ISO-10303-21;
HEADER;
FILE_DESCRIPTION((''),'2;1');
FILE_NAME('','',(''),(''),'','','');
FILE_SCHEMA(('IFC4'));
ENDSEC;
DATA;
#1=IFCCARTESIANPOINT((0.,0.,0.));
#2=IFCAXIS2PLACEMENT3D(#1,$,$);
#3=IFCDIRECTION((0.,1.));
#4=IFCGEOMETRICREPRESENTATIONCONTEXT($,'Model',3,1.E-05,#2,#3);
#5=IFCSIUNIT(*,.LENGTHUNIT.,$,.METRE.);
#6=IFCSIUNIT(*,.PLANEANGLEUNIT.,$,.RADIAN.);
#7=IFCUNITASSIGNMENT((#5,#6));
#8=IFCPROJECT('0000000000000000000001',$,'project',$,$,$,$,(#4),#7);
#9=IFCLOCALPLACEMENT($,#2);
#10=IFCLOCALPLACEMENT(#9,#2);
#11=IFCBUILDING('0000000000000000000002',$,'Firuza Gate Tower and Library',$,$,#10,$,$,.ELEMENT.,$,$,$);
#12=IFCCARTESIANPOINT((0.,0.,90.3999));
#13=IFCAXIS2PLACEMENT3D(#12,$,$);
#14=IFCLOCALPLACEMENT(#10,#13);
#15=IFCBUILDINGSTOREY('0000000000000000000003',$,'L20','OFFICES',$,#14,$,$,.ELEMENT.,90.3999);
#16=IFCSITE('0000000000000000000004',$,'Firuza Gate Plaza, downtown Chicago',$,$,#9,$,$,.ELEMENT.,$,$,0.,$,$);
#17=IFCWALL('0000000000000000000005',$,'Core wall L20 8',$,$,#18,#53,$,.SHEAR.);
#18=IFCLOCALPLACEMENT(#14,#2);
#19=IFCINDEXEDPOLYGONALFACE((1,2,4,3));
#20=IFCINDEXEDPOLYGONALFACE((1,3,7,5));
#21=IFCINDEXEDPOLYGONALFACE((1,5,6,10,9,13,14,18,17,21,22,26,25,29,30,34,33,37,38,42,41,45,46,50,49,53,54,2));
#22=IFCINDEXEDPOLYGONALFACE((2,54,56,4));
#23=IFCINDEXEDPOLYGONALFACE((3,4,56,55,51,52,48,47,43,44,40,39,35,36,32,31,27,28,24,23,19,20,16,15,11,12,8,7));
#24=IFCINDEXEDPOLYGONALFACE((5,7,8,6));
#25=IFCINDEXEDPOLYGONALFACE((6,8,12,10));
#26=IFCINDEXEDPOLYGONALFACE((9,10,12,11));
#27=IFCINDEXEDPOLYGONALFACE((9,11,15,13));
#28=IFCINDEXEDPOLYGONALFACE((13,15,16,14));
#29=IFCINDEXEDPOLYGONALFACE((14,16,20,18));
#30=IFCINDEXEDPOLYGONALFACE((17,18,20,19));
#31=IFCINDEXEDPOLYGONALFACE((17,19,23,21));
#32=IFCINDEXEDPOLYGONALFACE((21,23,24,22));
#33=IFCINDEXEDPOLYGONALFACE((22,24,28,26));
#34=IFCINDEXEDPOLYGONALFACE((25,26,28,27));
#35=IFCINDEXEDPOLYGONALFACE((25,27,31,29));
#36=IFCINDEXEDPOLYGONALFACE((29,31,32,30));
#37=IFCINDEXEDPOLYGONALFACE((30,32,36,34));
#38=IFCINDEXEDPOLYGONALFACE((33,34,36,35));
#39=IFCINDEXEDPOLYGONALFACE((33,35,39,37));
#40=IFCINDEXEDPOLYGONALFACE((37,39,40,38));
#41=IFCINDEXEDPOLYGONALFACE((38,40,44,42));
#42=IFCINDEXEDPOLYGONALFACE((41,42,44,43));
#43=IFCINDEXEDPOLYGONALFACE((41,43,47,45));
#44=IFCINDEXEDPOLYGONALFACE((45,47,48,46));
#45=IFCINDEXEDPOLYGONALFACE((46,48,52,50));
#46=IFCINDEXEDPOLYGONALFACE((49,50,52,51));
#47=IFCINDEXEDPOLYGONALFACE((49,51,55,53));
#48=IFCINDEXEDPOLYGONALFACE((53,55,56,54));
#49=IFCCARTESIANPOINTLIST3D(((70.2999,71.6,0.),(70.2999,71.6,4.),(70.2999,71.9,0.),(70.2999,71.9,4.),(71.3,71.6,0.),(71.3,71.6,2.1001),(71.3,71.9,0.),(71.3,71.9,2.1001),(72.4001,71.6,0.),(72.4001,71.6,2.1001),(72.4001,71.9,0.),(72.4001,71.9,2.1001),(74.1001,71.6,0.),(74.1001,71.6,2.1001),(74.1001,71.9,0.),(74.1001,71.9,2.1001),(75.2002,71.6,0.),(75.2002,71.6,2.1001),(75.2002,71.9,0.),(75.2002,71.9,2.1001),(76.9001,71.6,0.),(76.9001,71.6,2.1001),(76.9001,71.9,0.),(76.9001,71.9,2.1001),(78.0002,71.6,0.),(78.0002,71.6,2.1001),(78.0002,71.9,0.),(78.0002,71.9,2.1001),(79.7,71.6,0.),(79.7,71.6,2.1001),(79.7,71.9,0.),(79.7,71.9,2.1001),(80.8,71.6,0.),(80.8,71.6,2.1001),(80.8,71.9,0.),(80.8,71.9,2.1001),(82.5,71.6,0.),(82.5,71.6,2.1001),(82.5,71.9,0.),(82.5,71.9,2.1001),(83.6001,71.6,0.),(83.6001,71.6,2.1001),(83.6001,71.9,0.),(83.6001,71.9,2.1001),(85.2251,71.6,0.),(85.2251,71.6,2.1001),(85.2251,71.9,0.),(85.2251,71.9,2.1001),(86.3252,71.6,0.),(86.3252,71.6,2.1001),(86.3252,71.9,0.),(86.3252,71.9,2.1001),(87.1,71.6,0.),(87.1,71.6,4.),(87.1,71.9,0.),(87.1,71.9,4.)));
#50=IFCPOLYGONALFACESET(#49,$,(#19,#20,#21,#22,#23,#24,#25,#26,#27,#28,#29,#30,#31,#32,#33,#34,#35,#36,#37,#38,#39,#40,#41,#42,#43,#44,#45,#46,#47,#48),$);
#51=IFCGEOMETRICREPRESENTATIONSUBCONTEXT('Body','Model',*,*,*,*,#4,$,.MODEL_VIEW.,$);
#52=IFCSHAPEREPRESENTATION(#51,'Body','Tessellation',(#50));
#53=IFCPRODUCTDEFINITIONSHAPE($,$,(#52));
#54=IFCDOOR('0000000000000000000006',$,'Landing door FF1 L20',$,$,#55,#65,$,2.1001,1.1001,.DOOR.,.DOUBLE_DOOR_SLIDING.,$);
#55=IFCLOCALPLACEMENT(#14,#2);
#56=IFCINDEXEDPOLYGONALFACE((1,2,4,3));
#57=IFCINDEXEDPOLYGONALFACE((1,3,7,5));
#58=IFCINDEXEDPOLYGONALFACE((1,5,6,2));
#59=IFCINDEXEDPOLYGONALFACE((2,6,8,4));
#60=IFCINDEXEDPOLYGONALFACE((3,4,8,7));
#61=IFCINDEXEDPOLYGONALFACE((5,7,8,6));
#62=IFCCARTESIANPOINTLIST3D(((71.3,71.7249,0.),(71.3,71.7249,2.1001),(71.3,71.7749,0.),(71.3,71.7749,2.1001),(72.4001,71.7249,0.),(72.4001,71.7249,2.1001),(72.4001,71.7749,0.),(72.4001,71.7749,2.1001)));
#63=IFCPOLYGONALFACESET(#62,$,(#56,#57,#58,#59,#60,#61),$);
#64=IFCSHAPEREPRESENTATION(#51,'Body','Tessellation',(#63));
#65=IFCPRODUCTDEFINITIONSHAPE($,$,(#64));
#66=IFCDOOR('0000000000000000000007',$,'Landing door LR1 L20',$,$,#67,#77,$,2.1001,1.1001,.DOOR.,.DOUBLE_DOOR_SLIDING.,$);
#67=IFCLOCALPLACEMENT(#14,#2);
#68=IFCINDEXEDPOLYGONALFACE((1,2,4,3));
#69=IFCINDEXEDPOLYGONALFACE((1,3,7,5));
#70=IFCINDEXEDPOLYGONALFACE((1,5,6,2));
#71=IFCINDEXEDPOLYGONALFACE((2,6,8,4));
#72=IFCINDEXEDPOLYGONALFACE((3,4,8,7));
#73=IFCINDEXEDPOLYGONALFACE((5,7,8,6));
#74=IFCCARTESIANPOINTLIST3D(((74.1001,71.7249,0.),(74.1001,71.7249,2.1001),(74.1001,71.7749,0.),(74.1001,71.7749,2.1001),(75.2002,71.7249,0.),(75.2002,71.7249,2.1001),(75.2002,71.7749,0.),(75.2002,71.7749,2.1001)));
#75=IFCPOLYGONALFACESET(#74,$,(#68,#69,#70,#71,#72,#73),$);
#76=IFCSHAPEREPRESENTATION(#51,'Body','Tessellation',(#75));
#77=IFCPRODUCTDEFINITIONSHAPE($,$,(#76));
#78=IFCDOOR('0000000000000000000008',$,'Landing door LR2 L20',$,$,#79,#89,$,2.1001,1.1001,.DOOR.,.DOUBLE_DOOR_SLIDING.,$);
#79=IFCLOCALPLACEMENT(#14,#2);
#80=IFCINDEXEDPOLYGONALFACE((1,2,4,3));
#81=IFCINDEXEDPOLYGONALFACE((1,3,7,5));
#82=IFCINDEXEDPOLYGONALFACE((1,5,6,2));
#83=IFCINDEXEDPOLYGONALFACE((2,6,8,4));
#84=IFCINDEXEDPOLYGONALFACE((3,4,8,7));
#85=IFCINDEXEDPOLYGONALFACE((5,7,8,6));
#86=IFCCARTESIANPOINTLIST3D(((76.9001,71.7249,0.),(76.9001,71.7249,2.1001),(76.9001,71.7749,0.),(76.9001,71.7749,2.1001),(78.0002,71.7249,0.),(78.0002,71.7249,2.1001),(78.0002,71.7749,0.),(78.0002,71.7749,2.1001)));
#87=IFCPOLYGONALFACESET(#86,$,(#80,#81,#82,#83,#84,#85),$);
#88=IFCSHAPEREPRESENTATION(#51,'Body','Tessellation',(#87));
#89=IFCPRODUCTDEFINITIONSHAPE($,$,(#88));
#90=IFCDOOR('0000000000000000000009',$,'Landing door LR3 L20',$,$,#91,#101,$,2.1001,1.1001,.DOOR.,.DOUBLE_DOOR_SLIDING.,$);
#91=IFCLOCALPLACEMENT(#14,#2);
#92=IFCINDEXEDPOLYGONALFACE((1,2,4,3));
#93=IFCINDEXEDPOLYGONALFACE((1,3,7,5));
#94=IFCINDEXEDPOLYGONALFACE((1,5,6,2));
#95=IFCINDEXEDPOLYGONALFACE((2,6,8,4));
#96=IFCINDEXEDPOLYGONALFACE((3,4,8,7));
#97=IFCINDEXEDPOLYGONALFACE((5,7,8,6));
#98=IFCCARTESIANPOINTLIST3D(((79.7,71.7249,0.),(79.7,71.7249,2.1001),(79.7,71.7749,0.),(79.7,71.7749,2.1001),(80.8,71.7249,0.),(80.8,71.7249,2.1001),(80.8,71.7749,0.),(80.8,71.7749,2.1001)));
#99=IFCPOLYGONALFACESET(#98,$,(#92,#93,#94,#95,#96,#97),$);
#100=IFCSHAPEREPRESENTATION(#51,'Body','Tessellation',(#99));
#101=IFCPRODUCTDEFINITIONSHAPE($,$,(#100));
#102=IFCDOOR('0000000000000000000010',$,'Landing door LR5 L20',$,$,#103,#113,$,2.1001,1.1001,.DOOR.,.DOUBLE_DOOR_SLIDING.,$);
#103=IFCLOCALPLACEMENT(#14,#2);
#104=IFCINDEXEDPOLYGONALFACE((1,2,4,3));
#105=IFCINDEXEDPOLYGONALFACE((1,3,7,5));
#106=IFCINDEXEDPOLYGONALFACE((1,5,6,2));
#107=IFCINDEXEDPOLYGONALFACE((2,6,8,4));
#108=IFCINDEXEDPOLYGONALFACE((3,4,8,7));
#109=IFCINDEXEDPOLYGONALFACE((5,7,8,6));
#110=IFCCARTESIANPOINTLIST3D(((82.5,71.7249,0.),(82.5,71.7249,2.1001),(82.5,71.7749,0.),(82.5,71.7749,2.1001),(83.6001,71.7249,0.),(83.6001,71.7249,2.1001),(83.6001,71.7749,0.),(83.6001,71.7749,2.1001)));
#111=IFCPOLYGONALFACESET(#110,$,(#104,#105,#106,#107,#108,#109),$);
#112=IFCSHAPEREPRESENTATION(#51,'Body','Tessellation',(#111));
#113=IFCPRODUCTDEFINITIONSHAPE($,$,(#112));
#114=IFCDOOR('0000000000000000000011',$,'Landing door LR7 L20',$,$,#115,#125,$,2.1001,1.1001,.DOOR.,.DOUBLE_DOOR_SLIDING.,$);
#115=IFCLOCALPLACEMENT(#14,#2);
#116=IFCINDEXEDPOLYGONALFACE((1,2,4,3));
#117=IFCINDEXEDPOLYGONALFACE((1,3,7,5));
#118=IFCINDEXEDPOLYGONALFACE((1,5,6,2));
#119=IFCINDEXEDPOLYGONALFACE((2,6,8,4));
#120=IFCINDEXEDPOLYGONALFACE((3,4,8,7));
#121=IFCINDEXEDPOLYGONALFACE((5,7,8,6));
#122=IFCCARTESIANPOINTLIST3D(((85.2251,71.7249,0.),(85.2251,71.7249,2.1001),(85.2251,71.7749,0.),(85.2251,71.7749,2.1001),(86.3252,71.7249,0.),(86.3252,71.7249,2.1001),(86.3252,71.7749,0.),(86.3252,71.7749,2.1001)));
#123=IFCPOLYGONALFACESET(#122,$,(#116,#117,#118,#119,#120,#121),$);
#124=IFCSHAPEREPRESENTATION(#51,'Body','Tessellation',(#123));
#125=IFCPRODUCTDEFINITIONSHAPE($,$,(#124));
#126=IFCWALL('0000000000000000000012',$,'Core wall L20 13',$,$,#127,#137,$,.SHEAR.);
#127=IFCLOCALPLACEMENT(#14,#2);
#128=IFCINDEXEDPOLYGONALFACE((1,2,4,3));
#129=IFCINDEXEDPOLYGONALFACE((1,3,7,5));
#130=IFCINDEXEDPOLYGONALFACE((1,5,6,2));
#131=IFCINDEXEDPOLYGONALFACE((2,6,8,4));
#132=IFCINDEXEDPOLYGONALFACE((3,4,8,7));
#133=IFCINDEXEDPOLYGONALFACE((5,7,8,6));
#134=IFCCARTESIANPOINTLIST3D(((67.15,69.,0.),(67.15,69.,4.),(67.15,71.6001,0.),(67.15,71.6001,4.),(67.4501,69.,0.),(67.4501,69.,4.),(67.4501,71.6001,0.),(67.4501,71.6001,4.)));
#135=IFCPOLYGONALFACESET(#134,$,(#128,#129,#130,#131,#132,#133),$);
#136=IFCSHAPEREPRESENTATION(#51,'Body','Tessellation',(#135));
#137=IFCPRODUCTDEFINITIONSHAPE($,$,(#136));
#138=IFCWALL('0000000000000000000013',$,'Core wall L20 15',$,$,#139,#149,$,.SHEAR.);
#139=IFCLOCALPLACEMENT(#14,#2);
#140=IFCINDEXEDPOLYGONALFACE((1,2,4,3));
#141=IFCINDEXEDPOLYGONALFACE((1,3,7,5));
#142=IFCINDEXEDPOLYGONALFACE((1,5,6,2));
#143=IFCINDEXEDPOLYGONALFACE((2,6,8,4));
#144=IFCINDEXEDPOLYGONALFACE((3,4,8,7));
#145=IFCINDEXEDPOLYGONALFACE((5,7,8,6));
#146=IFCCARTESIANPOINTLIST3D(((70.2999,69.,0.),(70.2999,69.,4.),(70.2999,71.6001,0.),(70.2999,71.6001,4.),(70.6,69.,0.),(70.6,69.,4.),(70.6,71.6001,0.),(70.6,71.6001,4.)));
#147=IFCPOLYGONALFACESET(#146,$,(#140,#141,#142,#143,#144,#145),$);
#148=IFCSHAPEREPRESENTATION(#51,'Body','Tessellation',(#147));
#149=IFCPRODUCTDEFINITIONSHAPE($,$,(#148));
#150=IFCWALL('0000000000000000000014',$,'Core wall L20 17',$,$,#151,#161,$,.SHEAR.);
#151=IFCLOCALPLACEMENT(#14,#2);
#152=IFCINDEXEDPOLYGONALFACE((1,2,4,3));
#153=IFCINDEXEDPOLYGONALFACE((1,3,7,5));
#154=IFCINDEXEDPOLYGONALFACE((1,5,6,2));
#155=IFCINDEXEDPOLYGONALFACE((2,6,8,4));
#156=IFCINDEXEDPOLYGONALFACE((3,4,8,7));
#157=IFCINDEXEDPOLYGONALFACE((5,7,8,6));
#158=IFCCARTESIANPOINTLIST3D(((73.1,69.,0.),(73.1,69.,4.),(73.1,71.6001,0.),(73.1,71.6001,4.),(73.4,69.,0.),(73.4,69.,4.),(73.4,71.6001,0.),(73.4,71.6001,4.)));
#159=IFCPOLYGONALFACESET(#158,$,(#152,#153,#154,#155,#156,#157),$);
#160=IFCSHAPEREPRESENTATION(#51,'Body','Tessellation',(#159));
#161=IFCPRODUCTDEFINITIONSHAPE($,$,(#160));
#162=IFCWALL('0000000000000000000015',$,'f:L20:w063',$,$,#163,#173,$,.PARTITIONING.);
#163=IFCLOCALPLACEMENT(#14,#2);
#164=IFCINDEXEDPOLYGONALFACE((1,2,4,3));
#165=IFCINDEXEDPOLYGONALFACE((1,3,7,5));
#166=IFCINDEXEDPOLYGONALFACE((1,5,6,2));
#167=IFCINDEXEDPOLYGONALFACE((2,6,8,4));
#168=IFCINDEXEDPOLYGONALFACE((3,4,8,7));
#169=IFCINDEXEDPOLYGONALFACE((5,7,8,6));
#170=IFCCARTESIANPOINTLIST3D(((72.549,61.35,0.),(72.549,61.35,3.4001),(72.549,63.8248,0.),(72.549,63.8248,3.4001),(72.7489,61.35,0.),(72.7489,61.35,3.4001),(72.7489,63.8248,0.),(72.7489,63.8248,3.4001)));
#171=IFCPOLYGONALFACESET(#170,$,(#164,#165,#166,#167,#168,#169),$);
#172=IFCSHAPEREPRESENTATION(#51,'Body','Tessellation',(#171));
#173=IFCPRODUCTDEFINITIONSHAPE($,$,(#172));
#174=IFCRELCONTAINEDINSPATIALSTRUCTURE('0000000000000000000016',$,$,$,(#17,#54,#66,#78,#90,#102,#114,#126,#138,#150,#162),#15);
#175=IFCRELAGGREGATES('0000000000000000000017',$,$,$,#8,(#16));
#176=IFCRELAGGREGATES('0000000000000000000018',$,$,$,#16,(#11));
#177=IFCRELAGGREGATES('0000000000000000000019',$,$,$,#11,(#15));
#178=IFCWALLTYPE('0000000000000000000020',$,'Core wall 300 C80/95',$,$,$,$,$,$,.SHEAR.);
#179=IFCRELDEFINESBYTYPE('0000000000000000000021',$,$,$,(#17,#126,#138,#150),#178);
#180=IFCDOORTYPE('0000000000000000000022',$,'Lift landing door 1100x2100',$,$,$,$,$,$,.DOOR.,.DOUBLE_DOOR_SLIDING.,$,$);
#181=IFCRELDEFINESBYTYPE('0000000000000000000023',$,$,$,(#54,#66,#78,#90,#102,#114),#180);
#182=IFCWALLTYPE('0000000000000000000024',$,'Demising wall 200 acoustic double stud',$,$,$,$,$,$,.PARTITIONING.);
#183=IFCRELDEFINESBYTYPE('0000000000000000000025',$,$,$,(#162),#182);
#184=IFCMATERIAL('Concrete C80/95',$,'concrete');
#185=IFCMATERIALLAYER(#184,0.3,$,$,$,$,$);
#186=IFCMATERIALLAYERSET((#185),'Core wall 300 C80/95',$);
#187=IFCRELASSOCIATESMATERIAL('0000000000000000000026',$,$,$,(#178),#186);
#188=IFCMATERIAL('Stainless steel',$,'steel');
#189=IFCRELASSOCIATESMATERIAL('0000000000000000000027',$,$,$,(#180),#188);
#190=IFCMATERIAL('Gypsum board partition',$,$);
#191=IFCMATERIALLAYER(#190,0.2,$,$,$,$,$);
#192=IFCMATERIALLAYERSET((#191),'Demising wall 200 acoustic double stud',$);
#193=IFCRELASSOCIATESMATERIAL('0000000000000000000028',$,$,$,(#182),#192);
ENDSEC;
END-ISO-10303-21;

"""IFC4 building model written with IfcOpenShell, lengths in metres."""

from ifc_helpers import new_model, si_unit, direction, frame, frame_2d, origin, place, context, subcontext, project, spatial, rectangle, extrude, material, layer, layer_set, type_object, element, fill, save


model = new_model("IFC4")

# Units and contexts
model_context = context("Model", 3, precision=1e-05, world=origin(), true_north=direction((0.0, 1.0)))
body_context = subcontext(model_context, "Body", "Model", "MODEL_VIEW")
ifc_project = project(units=[si_unit("LENGTHUNIT", "METRE"), si_unit("PLANEANGLEUNIT", "RADIAN")], contexts=[model_context])

# Site, building, storey
site_placement = place(None, origin())
site = spatial("IfcSite", under=ifc_project, at=site_placement, Name="Firuza Gate Plaza, downtown Chicago", CompositionType="ELEMENT", RefElevation=0.0)
building_placement = place(site_placement, origin())
building = spatial("IfcBuilding", under=site, at=building_placement, Name="Firuza Gate Tower and Library", CompositionType="ELEMENT")
storey_placement = place(building_placement, frame((0.0, 0.0, 90.3999)))
storey = spatial("IfcBuildingStorey", under=building, at=storey_placement, Name="L20", Description="OFFICES", CompositionType="ELEMENT", Elevation=90.3999)

# Shared definitions
ifc_material_1 = material(Name="Concrete C80/95", Category="concrete")
ifc_layer_1 = layer(ifc_material_1, 0.3)
ifc_layer_set_1 = layer_set([ifc_layer_1], Name="Core wall 300 C80/95")
wall_type_1 = type_object("IfcWallType", Name="Core wall 300 C80/95", PredefinedType="SHEAR", material=ifc_layer_set_1)

# Wall, openings, doors
wall_1_placement = place(storey_placement, frame((70.3, 71.75, 0.0), z_axis=(0.0, 0.0, 1.0), x_axis=(1.0, 0.0, 0.0)))
wall_1 = element("IfcWall", 1, at=wall_1_placement, inside=storey, type_object=wall_type_1, Name="Core wall L20 8", PredefinedType="SHEAR", context=body_context, shape_type="SweptSolid", body=[
    extrude(rectangle(XDim=16.8, YDim=0.3, at=frame_2d((8.3999, 0.0))), origin(), (0.0, 0.0, 1.0), 4.0),
])
opening_1_placement = place(wall_1_placement, frame((1.0, 0.0, 0.0)))
opening_1 = element("IfcOpeningElement", 2, at=opening_1_placement, cuts=wall_1, PredefinedType="OPENING", context=body_context, shape_type="SweptSolid", body=[
    extrude(rectangle(XDim=1.1001, YDim=2.1001, at=frame_2d((0.55, 1.05))), frame((0.0, 0.1602, 0.0), z_axis=(0.0, -1.0, 0.0), x_axis=(1.0, 0.0, 0.0)), (0.0, 0.0, 1.0), 0.3201),
])
opening_2_placement = place(wall_1_placement, frame((3.8, 0.0, 0.0)))
opening_2 = element("IfcOpeningElement", 3, at=opening_2_placement, cuts=wall_1, PredefinedType="OPENING", context=body_context, shape_type="SweptSolid", body=[
    extrude(rectangle(XDim=1.1001, YDim=2.1001, at=frame_2d((0.55, 1.05))), frame((0.0, 0.1602, 0.0), z_axis=(0.0, -1.0, 0.0), x_axis=(1.0, 0.0, 0.0)), (0.0, 0.0, 1.0), 0.3201),
])
opening_3_placement = place(wall_1_placement, frame((6.6001, 0.0, 0.0)))
opening_3 = element("IfcOpeningElement", 4, at=opening_3_placement, cuts=wall_1, PredefinedType="OPENING", context=body_context, shape_type="SweptSolid", body=[
    extrude(rectangle(XDim=1.1001, YDim=2.1001, at=frame_2d((0.55, 1.05))), frame((0.0, 0.1602, 0.0), z_axis=(0.0, -1.0, 0.0), x_axis=(1.0, 0.0, 0.0)), (0.0, 0.0, 1.0), 0.3201),
])
opening_4_placement = place(wall_1_placement, frame((9.3999, 0.0, 0.0)))
opening_4 = element("IfcOpeningElement", 5, at=opening_4_placement, cuts=wall_1, PredefinedType="OPENING", context=body_context, shape_type="SweptSolid", body=[
    extrude(rectangle(XDim=1.1001, YDim=2.1001, at=frame_2d((0.55, 1.05))), frame((0.0, 0.1602, 0.0), z_axis=(0.0, -1.0, 0.0), x_axis=(1.0, 0.0, 0.0)), (0.0, 0.0, 1.0), 0.3201),
])
opening_5_placement = place(wall_1_placement, frame((12.2, 0.0, 0.0)))
opening_5 = element("IfcOpeningElement", 6, at=opening_5_placement, cuts=wall_1, PredefinedType="OPENING", context=body_context, shape_type="SweptSolid", body=[
    extrude(rectangle(XDim=1.1001, YDim=2.1001, at=frame_2d((0.55, 1.05))), frame((0.0, 0.1602, 0.0), z_axis=(0.0, -1.0, 0.0), x_axis=(1.0, 0.0, 0.0)), (0.0, 0.0, 1.0), 0.3201),
])
opening_6_placement = place(wall_1_placement, frame((14.925, 0.0, 0.0)))
opening_6 = element("IfcOpeningElement", 7, at=opening_6_placement, cuts=wall_1, PredefinedType="OPENING", context=body_context, shape_type="SweptSolid", body=[
    extrude(rectangle(XDim=1.1001, YDim=2.1001, at=frame_2d((0.55, 1.05))), frame((0.0, 0.1602, 0.0), z_axis=(0.0, -1.0, 0.0), x_axis=(1.0, 0.0, 0.0)), (0.0, 0.0, 1.0), 0.3201),
])
ifc_material_2 = material(Name="Stainless steel", Category="steel")
door_type_1 = type_object("IfcDoorType", Name="Lift landing door 1100x2100", OperationType="DOUBLE_DOOR_SLIDING", PredefinedType="DOOR", material=ifc_material_2)
door_1_placement = place(opening_1_placement, origin())
door_1 = element("IfcDoor", 8, at=door_1_placement, inside=storey, type_object=door_type_1, Name="Landing door FF1 L20", OperationType="DOUBLE_DOOR_SLIDING", OverallHeight=2.1001, OverallWidth=1.1001, PredefinedType="DOOR", context=body_context, shape_type="SweptSolid", body=[
    extrude(rectangle(XDim=1.1001, YDim=2.1001, at=frame_2d((0.55, 1.05))), frame((0.0, 0.0249, 0.0), z_axis=(0.0, -1.0, 0.0), x_axis=(1.0, 0.0, 0.0)), (0.0, 0.0, 1.0), 0.05),
])
fill(opening_1, door_1)
door_2_placement = place(opening_2_placement, origin())
door_2 = element("IfcDoor", 9, at=door_2_placement, inside=storey, type_object=door_type_1, Name="Landing door LR1 L20", OperationType="DOUBLE_DOOR_SLIDING", OverallHeight=2.1001, OverallWidth=1.1001, PredefinedType="DOOR", context=body_context, shape_type="SweptSolid", body=[
    extrude(rectangle(XDim=1.1001, YDim=2.1001, at=frame_2d((0.55, 1.05))), frame((0.0, 0.0249, 0.0), z_axis=(0.0, -1.0, 0.0), x_axis=(1.0, 0.0, 0.0)), (0.0, 0.0, 1.0), 0.05),
])
fill(opening_2, door_2)
door_3_placement = place(opening_3_placement, origin())
door_3 = element("IfcDoor", 10, at=door_3_placement, inside=storey, type_object=door_type_1, Name="Landing door LR2 L20", OperationType="DOUBLE_DOOR_SLIDING", OverallHeight=2.1001, OverallWidth=1.1001, PredefinedType="DOOR", context=body_context, shape_type="SweptSolid", body=[
    extrude(rectangle(XDim=1.1001, YDim=2.1001, at=frame_2d((0.55, 1.05))), frame((0.0, 0.0249, 0.0), z_axis=(0.0, -1.0, 0.0), x_axis=(1.0, 0.0, 0.0)), (0.0, 0.0, 1.0), 0.05),
])
fill(opening_3, door_3)
door_4_placement = place(opening_4_placement, origin())
door_4 = element("IfcDoor", 11, at=door_4_placement, inside=storey, type_object=door_type_1, Name="Landing door LR3 L20", OperationType="DOUBLE_DOOR_SLIDING", OverallHeight=2.1001, OverallWidth=1.1001, PredefinedType="DOOR", context=body_context, shape_type="SweptSolid", body=[
    extrude(rectangle(XDim=1.1001, YDim=2.1001, at=frame_2d((0.55, 1.05))), frame((0.0, 0.0249, 0.0), z_axis=(0.0, -1.0, 0.0), x_axis=(1.0, 0.0, 0.0)), (0.0, 0.0, 1.0), 0.05),
])
fill(opening_4, door_4)
door_5_placement = place(opening_5_placement, origin())
door_5 = element("IfcDoor", 12, at=door_5_placement, inside=storey, type_object=door_type_1, Name="Landing door LR5 L20", OperationType="DOUBLE_DOOR_SLIDING", OverallHeight=2.1001, OverallWidth=1.1001, PredefinedType="DOOR", context=body_context, shape_type="SweptSolid", body=[
    extrude(rectangle(XDim=1.1001, YDim=2.1001, at=frame_2d((0.55, 1.05))), frame((0.0, 0.0249, 0.0), z_axis=(0.0, -1.0, 0.0), x_axis=(1.0, 0.0, 0.0)), (0.0, 0.0, 1.0), 0.05),
])
fill(opening_5, door_5)
door_6_placement = place(opening_6_placement, origin())
door_6 = element("IfcDoor", 13, at=door_6_placement, inside=storey, type_object=door_type_1, Name="Landing door LR7 L20", OperationType="DOUBLE_DOOR_SLIDING", OverallHeight=2.1001, OverallWidth=1.1001, PredefinedType="DOOR", context=body_context, shape_type="SweptSolid", body=[
    extrude(rectangle(XDim=1.1001, YDim=2.1001, at=frame_2d((0.55, 1.05))), frame((0.0, 0.0249, 0.0), z_axis=(0.0, -1.0, 0.0), x_axis=(1.0, 0.0, 0.0)), (0.0, 0.0, 1.0), 0.05),
])
fill(opening_6, door_6)

# Walls
for number, where, z_axis, x_axis, name in (
    (14, (67.3, 69.0, 0.0), (0.0, 0.0, 1.0), (0.0, 1.0, 0.0), "Core wall L20 13"),
    (15, (70.45, 69.0, 0.0), (0.0, 0.0, 1.0), (0.0, 1.0, 0.0), "Core wall L20 15"),
    (16, (73.25, 69.0, 0.0), (0.0, 0.0, 1.0), (0.0, 1.0, 0.0), "Core wall L20 17"),
):
    element("IfcWall", number, at=place(storey_placement, frame(where, z_axis=z_axis, x_axis=x_axis)), inside=storey, type_object=wall_type_1, Name=name, PredefinedType="SHEAR", context=body_context, shape_type="SweptSolid", body=[
        extrude(rectangle(XDim=2.6001, YDim=0.3, at=frame_2d((1.3, 0.0))), origin(), (0.0, 0.0, 1.0), 4.0),
    ])
ifc_material_3 = material(Name="Gypsum board partition")
ifc_layer_2 = layer(ifc_material_3, 0.2)
ifc_layer_set_2 = layer_set([ifc_layer_2], Name="Demising wall 200 acoustic double stud")
wall_type_2 = type_object("IfcWallType", Name="Demising wall 200 acoustic double stud", PredefinedType="PARTITIONING", material=ifc_layer_set_2)
wall_2_placement = place(storey_placement, frame((72.6489, 61.3501, 0.0), z_axis=(0.0, 0.0, 1.0), x_axis=(0.0, 1.0, 0.0)))
element("IfcWall", 17, at=wall_2_placement, inside=storey, type_object=wall_type_2, Name="f:L20:w063", PredefinedType="PARTITIONING", context=body_context, shape_type="SweptSolid", body=[
    extrude(rectangle(XDim=2.4749, YDim=0.2, at=frame_2d((1.2373, 0.0))), origin(), (0.0, 0.0, 1.0), 3.4001),
])

save(model, "model.ifc")
